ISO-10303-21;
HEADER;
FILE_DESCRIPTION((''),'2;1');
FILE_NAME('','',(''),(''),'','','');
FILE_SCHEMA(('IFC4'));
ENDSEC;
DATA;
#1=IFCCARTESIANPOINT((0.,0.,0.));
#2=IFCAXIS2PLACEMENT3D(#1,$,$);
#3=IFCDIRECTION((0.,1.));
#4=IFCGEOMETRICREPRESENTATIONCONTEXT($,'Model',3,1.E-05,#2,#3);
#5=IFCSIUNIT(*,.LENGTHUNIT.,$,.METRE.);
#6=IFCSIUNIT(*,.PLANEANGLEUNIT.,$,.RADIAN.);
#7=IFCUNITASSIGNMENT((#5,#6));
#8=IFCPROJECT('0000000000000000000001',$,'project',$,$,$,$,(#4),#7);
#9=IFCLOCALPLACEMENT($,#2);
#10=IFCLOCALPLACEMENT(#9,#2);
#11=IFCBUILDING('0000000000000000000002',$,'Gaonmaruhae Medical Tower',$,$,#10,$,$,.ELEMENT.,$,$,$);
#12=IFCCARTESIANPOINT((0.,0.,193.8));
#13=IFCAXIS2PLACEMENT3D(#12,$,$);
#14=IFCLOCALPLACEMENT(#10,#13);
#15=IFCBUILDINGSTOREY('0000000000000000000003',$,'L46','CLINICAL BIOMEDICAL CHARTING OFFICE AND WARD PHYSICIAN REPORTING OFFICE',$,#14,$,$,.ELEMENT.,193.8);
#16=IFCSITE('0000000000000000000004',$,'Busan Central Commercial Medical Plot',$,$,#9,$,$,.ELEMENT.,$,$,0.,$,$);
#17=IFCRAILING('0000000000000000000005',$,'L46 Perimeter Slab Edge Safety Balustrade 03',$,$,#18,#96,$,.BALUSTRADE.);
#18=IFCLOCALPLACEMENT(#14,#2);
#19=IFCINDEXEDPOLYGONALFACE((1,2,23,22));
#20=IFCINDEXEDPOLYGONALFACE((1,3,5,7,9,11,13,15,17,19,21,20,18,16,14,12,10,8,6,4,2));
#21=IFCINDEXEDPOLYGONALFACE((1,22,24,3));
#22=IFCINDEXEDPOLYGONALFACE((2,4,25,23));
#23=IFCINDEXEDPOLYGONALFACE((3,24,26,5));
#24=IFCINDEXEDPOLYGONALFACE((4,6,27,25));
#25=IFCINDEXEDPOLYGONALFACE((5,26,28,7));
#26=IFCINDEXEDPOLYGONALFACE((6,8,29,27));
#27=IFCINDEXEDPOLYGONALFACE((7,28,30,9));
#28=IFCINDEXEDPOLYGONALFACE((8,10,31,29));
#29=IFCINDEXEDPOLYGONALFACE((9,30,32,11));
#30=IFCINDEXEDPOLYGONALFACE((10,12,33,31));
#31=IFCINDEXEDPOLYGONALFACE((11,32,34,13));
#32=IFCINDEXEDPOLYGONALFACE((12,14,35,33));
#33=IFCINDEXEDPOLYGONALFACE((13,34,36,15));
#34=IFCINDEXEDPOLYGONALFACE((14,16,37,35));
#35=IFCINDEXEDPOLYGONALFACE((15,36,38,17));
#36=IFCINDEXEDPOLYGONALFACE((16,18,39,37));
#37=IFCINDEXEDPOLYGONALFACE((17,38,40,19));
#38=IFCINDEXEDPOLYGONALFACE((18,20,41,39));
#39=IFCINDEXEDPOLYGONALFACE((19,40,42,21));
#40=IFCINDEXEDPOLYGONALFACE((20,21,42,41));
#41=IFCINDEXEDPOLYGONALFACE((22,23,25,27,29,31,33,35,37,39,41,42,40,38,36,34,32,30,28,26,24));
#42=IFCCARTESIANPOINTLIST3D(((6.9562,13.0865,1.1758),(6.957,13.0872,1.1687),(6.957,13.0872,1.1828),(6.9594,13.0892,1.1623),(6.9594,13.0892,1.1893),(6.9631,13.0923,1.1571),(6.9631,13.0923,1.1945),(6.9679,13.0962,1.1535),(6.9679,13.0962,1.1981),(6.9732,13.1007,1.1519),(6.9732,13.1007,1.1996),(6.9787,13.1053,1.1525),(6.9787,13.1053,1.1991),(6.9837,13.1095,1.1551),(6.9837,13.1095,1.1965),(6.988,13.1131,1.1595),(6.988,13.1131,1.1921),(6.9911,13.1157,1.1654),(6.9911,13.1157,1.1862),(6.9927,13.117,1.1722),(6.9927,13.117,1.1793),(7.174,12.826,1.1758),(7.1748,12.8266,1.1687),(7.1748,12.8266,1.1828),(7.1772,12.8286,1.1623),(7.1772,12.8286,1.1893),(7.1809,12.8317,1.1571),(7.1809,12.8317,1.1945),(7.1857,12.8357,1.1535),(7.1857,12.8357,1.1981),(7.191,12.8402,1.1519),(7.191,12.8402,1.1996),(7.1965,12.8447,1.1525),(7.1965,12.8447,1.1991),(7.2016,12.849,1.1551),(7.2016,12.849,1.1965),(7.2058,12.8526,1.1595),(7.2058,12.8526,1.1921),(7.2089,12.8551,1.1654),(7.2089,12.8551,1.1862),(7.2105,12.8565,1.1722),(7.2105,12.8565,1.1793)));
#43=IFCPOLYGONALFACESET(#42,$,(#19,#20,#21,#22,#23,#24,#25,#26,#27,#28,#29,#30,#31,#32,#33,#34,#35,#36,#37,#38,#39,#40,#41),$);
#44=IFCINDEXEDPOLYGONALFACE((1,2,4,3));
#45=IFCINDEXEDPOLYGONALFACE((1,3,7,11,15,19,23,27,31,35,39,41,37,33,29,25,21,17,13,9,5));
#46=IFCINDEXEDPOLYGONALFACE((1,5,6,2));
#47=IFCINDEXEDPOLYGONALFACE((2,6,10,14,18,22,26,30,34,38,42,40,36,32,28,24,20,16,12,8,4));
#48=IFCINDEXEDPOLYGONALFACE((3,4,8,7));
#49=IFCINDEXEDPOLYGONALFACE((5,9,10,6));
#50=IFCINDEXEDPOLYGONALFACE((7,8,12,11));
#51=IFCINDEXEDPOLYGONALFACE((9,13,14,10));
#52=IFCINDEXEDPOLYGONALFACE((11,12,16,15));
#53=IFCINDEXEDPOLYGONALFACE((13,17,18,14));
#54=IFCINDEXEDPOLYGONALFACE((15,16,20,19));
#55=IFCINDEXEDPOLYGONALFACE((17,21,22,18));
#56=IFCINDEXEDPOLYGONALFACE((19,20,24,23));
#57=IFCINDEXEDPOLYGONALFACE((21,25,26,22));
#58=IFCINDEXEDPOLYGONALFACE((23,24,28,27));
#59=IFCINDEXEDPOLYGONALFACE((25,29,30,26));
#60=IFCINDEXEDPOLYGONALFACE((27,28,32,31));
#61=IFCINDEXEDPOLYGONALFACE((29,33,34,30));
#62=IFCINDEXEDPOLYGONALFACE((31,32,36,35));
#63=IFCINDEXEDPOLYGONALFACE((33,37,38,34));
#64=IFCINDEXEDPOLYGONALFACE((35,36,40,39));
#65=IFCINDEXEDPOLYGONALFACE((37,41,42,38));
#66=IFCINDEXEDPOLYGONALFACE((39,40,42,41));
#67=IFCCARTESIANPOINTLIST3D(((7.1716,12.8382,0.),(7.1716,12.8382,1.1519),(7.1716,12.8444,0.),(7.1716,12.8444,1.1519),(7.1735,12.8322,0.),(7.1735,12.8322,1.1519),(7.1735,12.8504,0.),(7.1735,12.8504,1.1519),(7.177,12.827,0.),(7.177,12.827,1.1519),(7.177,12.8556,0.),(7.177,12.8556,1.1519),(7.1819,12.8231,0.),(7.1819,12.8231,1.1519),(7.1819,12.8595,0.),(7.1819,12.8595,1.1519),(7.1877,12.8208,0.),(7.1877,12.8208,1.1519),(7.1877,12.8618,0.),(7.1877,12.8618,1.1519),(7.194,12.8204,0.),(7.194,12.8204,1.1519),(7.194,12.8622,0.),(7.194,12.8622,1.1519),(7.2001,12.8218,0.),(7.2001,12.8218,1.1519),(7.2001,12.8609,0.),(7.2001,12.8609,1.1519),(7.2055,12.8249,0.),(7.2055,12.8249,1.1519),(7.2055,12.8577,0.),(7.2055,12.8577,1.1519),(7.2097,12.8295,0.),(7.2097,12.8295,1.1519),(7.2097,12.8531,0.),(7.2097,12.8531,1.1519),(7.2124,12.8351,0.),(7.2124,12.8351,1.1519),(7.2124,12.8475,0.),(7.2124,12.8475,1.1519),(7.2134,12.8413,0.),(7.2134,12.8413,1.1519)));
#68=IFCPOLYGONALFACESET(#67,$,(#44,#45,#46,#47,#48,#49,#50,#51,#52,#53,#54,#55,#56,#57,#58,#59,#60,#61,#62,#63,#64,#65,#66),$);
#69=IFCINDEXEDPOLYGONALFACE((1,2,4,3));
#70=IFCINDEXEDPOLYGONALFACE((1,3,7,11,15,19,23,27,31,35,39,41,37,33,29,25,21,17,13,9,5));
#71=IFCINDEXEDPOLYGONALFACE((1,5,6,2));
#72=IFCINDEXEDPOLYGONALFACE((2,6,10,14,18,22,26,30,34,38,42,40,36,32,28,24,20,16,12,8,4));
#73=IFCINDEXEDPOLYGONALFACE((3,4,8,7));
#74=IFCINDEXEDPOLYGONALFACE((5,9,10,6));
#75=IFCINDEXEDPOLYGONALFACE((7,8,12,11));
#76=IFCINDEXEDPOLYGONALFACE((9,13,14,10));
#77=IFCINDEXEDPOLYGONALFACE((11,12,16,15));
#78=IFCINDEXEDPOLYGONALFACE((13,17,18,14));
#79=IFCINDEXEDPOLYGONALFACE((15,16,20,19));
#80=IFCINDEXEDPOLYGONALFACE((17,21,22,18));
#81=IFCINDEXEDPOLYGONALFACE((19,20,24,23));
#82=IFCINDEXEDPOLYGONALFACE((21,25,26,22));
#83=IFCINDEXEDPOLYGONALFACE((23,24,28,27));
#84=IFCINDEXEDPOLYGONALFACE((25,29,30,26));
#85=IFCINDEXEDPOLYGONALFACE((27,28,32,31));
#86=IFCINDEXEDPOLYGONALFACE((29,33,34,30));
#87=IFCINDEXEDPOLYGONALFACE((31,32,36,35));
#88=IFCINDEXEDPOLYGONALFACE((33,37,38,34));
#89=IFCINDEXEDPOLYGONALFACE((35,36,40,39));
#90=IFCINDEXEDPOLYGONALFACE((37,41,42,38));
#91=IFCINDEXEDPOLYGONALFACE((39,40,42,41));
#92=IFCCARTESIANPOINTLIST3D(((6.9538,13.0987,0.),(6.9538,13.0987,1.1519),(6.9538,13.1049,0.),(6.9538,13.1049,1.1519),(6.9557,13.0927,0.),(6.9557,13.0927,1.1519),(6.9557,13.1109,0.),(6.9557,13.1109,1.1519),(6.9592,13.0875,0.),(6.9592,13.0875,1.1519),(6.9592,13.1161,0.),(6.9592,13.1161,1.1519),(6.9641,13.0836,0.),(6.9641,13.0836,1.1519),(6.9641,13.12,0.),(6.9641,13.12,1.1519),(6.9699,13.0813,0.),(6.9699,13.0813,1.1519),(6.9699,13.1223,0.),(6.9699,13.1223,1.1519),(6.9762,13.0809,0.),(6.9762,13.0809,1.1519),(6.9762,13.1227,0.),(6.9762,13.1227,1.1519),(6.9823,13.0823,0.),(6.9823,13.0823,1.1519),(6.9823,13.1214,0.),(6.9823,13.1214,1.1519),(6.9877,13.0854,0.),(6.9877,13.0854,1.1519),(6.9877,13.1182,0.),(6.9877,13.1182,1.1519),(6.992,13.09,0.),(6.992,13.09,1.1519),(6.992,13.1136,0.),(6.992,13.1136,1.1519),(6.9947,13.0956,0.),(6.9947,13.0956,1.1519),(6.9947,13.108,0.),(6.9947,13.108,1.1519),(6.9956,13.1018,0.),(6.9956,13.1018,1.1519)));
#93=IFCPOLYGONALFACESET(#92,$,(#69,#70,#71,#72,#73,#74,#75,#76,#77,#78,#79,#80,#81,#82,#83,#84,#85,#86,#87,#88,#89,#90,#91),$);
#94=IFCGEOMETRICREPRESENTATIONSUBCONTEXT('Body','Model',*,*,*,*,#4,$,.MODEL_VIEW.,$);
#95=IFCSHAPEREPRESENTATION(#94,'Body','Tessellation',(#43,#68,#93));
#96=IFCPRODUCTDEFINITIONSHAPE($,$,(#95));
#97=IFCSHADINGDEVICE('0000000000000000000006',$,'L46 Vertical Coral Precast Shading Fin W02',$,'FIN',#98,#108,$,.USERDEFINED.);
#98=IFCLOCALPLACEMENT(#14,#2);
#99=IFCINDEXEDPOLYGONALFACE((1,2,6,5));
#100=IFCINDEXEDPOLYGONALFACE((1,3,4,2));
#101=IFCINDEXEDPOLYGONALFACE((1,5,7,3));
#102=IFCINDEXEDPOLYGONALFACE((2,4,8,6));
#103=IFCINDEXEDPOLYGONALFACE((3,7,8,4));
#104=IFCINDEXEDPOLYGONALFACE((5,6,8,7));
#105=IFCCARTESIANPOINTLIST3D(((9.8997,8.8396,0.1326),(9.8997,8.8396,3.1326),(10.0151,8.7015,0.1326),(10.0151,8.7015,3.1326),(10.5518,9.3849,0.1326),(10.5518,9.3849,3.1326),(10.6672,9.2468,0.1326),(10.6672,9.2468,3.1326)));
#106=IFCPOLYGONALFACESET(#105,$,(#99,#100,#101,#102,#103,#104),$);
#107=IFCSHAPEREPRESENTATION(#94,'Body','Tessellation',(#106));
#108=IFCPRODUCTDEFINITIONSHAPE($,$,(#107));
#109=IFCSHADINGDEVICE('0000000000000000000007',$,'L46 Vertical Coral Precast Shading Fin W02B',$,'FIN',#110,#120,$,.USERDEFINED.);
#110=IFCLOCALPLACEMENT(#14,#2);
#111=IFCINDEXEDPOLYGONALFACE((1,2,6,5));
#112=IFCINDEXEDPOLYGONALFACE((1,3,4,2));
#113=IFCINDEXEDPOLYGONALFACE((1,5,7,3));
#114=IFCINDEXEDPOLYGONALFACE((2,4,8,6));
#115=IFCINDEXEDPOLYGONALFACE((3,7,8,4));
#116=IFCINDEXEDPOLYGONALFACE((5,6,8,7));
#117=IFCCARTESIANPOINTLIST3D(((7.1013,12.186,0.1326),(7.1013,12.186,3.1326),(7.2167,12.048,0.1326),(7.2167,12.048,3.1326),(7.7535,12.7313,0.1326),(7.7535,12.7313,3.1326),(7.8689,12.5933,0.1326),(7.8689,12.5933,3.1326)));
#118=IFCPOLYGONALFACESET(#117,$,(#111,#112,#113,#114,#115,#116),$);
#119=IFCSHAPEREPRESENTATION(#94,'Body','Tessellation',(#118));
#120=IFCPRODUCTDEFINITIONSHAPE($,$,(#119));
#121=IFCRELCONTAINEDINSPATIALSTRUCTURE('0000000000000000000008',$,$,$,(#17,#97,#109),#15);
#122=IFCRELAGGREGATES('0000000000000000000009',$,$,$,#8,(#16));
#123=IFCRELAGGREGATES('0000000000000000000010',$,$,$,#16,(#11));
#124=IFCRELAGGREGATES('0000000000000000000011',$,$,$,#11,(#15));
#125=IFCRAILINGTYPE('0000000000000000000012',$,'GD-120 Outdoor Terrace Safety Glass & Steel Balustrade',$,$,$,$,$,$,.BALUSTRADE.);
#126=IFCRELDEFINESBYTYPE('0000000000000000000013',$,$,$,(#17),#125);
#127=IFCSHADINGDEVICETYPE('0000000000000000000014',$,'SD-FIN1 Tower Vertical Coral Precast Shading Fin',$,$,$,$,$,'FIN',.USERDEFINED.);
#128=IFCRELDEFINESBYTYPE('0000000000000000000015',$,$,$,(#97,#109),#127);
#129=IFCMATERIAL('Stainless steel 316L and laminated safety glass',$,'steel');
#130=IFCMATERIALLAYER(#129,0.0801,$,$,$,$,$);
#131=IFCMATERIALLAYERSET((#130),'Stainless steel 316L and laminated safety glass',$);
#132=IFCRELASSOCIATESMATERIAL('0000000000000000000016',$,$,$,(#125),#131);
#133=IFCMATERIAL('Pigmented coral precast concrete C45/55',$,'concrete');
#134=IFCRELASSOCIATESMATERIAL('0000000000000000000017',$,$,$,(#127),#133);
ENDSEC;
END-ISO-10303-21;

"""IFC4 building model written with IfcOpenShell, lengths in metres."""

from ifc_helpers import new_model, si_unit, direction, frame, origin, origin_2d, place, context, subcontext, project, spatial, rectangle, circle, extrude, material, layer, layer_set, type_object, element, save


model = new_model("IFC4")

# Units and contexts
model_context = context("Model", 3, precision=1e-05, world=origin(), true_north=direction((0.0, 1.0)))
body_context = subcontext(model_context, "Body", "Model", "MODEL_VIEW")
ifc_project = project(units=[si_unit("LENGTHUNIT", "METRE"), si_unit("PLANEANGLEUNIT", "RADIAN")], contexts=[model_context])

# Site, building, storey
site_placement = place(None, origin())
site = spatial("IfcSite", under=ifc_project, at=site_placement, Name="Busan Central Commercial Medical Plot", CompositionType="ELEMENT", RefElevation=0.0)
building_placement = place(site_placement, origin())
building = spatial("IfcBuilding", under=site, at=building_placement, Name="Gaonmaruhae Medical Tower", CompositionType="ELEMENT")
storey_placement = place(building_placement, frame((0.0, 0.0, 193.8)))
storey = spatial("IfcBuildingStorey", under=building, at=storey_placement, Name="L46", Description="CLINICAL BIOMEDICAL CHARTING OFFICE AND WARD PHYSICIAN REPORTING OFFICE", CompositionType="ELEMENT", Elevation=193.8)

# Railing
ifc_material_1 = material(Name="Stainless steel 316L and laminated safety glass", Category="steel")
ifc_layer_1 = layer(ifc_material_1, 0.0801)
ifc_layer_set_1 = layer_set([ifc_layer_1], Name="Stainless steel 316L and laminated safety glass")
railing_type = type_object("IfcRailingType", Name="GD-120 Outdoor Terrace Safety Glass & Steel Balustrade", PredefinedType="BALUSTRADE", material=ifc_layer_set_1)
railing_placement = place(storey_placement, frame((7.1924, 12.8413, 0.0)))
element("IfcRailing", 1, at=railing_placement, inside=storey, type_object=railing_type, Name="L46 Perimeter Slab Edge Safety Balustrade 03", PredefinedType="BALUSTRADE", context=body_context, shape_type="SweptSolid", body=[
    extrude(circle(Radius=0.0239, at=origin_2d()), frame((0.0, 0.0, 1.1758), z_axis=(-0.641386, 0.767218, 0.0), x_axis=(-0.767218, -0.641386, 0.0)), (0.0, 0.0, 1.0), 0.3396),
    extrude(circle(Radius=0.021, at=origin_2d()), origin(), (0.0, 0.0, 1.0), 1.1519),
    extrude(circle(Radius=0.021, at=origin_2d()), frame((-0.2178, 0.2605, 0.0)), (0.0, 0.0, 1.0), 1.1519),
])

# Shading devices
ifc_material_2 = material(Name="Pigmented coral precast concrete C45/55", Category="concrete")
shading_device_type = type_object("IfcShadingDeviceType", Name="SD-FIN1 Tower Vertical Coral Precast Shading Fin", ElementType="FIN", PredefinedType="USERDEFINED", material=ifc_material_2)
for number, where, z_axis, x_axis, name in (
    (2, (10.2834, 9.0432, 0.1326), (0.0, 0.0, 1.0), (-0.64145, 0.767165, 0.0), "L46 Vertical Coral Precast Shading Fin W02"),
    (3, (7.4851, 12.3896, 0.1326), (0.0, 0.0, 1.0), (-0.64145, 0.767165, 0.0), "L46 Vertical Coral Precast Shading Fin W02B"),
):
    element("IfcShadingDevice", number, at=place(storey_placement, frame(where, z_axis=z_axis, x_axis=x_axis)), inside=storey, type_object=shading_device_type, Name=name, ObjectType="FIN", PredefinedType="USERDEFINED", context=body_context, shape_type="SweptSolid", body=[
        extrude(rectangle(XDim=0.1799, YDim=0.8501, at=origin_2d()), origin(), (0.0, 0.0, 1.0), 3.0),
    ])

save(model, "model.ifc")
